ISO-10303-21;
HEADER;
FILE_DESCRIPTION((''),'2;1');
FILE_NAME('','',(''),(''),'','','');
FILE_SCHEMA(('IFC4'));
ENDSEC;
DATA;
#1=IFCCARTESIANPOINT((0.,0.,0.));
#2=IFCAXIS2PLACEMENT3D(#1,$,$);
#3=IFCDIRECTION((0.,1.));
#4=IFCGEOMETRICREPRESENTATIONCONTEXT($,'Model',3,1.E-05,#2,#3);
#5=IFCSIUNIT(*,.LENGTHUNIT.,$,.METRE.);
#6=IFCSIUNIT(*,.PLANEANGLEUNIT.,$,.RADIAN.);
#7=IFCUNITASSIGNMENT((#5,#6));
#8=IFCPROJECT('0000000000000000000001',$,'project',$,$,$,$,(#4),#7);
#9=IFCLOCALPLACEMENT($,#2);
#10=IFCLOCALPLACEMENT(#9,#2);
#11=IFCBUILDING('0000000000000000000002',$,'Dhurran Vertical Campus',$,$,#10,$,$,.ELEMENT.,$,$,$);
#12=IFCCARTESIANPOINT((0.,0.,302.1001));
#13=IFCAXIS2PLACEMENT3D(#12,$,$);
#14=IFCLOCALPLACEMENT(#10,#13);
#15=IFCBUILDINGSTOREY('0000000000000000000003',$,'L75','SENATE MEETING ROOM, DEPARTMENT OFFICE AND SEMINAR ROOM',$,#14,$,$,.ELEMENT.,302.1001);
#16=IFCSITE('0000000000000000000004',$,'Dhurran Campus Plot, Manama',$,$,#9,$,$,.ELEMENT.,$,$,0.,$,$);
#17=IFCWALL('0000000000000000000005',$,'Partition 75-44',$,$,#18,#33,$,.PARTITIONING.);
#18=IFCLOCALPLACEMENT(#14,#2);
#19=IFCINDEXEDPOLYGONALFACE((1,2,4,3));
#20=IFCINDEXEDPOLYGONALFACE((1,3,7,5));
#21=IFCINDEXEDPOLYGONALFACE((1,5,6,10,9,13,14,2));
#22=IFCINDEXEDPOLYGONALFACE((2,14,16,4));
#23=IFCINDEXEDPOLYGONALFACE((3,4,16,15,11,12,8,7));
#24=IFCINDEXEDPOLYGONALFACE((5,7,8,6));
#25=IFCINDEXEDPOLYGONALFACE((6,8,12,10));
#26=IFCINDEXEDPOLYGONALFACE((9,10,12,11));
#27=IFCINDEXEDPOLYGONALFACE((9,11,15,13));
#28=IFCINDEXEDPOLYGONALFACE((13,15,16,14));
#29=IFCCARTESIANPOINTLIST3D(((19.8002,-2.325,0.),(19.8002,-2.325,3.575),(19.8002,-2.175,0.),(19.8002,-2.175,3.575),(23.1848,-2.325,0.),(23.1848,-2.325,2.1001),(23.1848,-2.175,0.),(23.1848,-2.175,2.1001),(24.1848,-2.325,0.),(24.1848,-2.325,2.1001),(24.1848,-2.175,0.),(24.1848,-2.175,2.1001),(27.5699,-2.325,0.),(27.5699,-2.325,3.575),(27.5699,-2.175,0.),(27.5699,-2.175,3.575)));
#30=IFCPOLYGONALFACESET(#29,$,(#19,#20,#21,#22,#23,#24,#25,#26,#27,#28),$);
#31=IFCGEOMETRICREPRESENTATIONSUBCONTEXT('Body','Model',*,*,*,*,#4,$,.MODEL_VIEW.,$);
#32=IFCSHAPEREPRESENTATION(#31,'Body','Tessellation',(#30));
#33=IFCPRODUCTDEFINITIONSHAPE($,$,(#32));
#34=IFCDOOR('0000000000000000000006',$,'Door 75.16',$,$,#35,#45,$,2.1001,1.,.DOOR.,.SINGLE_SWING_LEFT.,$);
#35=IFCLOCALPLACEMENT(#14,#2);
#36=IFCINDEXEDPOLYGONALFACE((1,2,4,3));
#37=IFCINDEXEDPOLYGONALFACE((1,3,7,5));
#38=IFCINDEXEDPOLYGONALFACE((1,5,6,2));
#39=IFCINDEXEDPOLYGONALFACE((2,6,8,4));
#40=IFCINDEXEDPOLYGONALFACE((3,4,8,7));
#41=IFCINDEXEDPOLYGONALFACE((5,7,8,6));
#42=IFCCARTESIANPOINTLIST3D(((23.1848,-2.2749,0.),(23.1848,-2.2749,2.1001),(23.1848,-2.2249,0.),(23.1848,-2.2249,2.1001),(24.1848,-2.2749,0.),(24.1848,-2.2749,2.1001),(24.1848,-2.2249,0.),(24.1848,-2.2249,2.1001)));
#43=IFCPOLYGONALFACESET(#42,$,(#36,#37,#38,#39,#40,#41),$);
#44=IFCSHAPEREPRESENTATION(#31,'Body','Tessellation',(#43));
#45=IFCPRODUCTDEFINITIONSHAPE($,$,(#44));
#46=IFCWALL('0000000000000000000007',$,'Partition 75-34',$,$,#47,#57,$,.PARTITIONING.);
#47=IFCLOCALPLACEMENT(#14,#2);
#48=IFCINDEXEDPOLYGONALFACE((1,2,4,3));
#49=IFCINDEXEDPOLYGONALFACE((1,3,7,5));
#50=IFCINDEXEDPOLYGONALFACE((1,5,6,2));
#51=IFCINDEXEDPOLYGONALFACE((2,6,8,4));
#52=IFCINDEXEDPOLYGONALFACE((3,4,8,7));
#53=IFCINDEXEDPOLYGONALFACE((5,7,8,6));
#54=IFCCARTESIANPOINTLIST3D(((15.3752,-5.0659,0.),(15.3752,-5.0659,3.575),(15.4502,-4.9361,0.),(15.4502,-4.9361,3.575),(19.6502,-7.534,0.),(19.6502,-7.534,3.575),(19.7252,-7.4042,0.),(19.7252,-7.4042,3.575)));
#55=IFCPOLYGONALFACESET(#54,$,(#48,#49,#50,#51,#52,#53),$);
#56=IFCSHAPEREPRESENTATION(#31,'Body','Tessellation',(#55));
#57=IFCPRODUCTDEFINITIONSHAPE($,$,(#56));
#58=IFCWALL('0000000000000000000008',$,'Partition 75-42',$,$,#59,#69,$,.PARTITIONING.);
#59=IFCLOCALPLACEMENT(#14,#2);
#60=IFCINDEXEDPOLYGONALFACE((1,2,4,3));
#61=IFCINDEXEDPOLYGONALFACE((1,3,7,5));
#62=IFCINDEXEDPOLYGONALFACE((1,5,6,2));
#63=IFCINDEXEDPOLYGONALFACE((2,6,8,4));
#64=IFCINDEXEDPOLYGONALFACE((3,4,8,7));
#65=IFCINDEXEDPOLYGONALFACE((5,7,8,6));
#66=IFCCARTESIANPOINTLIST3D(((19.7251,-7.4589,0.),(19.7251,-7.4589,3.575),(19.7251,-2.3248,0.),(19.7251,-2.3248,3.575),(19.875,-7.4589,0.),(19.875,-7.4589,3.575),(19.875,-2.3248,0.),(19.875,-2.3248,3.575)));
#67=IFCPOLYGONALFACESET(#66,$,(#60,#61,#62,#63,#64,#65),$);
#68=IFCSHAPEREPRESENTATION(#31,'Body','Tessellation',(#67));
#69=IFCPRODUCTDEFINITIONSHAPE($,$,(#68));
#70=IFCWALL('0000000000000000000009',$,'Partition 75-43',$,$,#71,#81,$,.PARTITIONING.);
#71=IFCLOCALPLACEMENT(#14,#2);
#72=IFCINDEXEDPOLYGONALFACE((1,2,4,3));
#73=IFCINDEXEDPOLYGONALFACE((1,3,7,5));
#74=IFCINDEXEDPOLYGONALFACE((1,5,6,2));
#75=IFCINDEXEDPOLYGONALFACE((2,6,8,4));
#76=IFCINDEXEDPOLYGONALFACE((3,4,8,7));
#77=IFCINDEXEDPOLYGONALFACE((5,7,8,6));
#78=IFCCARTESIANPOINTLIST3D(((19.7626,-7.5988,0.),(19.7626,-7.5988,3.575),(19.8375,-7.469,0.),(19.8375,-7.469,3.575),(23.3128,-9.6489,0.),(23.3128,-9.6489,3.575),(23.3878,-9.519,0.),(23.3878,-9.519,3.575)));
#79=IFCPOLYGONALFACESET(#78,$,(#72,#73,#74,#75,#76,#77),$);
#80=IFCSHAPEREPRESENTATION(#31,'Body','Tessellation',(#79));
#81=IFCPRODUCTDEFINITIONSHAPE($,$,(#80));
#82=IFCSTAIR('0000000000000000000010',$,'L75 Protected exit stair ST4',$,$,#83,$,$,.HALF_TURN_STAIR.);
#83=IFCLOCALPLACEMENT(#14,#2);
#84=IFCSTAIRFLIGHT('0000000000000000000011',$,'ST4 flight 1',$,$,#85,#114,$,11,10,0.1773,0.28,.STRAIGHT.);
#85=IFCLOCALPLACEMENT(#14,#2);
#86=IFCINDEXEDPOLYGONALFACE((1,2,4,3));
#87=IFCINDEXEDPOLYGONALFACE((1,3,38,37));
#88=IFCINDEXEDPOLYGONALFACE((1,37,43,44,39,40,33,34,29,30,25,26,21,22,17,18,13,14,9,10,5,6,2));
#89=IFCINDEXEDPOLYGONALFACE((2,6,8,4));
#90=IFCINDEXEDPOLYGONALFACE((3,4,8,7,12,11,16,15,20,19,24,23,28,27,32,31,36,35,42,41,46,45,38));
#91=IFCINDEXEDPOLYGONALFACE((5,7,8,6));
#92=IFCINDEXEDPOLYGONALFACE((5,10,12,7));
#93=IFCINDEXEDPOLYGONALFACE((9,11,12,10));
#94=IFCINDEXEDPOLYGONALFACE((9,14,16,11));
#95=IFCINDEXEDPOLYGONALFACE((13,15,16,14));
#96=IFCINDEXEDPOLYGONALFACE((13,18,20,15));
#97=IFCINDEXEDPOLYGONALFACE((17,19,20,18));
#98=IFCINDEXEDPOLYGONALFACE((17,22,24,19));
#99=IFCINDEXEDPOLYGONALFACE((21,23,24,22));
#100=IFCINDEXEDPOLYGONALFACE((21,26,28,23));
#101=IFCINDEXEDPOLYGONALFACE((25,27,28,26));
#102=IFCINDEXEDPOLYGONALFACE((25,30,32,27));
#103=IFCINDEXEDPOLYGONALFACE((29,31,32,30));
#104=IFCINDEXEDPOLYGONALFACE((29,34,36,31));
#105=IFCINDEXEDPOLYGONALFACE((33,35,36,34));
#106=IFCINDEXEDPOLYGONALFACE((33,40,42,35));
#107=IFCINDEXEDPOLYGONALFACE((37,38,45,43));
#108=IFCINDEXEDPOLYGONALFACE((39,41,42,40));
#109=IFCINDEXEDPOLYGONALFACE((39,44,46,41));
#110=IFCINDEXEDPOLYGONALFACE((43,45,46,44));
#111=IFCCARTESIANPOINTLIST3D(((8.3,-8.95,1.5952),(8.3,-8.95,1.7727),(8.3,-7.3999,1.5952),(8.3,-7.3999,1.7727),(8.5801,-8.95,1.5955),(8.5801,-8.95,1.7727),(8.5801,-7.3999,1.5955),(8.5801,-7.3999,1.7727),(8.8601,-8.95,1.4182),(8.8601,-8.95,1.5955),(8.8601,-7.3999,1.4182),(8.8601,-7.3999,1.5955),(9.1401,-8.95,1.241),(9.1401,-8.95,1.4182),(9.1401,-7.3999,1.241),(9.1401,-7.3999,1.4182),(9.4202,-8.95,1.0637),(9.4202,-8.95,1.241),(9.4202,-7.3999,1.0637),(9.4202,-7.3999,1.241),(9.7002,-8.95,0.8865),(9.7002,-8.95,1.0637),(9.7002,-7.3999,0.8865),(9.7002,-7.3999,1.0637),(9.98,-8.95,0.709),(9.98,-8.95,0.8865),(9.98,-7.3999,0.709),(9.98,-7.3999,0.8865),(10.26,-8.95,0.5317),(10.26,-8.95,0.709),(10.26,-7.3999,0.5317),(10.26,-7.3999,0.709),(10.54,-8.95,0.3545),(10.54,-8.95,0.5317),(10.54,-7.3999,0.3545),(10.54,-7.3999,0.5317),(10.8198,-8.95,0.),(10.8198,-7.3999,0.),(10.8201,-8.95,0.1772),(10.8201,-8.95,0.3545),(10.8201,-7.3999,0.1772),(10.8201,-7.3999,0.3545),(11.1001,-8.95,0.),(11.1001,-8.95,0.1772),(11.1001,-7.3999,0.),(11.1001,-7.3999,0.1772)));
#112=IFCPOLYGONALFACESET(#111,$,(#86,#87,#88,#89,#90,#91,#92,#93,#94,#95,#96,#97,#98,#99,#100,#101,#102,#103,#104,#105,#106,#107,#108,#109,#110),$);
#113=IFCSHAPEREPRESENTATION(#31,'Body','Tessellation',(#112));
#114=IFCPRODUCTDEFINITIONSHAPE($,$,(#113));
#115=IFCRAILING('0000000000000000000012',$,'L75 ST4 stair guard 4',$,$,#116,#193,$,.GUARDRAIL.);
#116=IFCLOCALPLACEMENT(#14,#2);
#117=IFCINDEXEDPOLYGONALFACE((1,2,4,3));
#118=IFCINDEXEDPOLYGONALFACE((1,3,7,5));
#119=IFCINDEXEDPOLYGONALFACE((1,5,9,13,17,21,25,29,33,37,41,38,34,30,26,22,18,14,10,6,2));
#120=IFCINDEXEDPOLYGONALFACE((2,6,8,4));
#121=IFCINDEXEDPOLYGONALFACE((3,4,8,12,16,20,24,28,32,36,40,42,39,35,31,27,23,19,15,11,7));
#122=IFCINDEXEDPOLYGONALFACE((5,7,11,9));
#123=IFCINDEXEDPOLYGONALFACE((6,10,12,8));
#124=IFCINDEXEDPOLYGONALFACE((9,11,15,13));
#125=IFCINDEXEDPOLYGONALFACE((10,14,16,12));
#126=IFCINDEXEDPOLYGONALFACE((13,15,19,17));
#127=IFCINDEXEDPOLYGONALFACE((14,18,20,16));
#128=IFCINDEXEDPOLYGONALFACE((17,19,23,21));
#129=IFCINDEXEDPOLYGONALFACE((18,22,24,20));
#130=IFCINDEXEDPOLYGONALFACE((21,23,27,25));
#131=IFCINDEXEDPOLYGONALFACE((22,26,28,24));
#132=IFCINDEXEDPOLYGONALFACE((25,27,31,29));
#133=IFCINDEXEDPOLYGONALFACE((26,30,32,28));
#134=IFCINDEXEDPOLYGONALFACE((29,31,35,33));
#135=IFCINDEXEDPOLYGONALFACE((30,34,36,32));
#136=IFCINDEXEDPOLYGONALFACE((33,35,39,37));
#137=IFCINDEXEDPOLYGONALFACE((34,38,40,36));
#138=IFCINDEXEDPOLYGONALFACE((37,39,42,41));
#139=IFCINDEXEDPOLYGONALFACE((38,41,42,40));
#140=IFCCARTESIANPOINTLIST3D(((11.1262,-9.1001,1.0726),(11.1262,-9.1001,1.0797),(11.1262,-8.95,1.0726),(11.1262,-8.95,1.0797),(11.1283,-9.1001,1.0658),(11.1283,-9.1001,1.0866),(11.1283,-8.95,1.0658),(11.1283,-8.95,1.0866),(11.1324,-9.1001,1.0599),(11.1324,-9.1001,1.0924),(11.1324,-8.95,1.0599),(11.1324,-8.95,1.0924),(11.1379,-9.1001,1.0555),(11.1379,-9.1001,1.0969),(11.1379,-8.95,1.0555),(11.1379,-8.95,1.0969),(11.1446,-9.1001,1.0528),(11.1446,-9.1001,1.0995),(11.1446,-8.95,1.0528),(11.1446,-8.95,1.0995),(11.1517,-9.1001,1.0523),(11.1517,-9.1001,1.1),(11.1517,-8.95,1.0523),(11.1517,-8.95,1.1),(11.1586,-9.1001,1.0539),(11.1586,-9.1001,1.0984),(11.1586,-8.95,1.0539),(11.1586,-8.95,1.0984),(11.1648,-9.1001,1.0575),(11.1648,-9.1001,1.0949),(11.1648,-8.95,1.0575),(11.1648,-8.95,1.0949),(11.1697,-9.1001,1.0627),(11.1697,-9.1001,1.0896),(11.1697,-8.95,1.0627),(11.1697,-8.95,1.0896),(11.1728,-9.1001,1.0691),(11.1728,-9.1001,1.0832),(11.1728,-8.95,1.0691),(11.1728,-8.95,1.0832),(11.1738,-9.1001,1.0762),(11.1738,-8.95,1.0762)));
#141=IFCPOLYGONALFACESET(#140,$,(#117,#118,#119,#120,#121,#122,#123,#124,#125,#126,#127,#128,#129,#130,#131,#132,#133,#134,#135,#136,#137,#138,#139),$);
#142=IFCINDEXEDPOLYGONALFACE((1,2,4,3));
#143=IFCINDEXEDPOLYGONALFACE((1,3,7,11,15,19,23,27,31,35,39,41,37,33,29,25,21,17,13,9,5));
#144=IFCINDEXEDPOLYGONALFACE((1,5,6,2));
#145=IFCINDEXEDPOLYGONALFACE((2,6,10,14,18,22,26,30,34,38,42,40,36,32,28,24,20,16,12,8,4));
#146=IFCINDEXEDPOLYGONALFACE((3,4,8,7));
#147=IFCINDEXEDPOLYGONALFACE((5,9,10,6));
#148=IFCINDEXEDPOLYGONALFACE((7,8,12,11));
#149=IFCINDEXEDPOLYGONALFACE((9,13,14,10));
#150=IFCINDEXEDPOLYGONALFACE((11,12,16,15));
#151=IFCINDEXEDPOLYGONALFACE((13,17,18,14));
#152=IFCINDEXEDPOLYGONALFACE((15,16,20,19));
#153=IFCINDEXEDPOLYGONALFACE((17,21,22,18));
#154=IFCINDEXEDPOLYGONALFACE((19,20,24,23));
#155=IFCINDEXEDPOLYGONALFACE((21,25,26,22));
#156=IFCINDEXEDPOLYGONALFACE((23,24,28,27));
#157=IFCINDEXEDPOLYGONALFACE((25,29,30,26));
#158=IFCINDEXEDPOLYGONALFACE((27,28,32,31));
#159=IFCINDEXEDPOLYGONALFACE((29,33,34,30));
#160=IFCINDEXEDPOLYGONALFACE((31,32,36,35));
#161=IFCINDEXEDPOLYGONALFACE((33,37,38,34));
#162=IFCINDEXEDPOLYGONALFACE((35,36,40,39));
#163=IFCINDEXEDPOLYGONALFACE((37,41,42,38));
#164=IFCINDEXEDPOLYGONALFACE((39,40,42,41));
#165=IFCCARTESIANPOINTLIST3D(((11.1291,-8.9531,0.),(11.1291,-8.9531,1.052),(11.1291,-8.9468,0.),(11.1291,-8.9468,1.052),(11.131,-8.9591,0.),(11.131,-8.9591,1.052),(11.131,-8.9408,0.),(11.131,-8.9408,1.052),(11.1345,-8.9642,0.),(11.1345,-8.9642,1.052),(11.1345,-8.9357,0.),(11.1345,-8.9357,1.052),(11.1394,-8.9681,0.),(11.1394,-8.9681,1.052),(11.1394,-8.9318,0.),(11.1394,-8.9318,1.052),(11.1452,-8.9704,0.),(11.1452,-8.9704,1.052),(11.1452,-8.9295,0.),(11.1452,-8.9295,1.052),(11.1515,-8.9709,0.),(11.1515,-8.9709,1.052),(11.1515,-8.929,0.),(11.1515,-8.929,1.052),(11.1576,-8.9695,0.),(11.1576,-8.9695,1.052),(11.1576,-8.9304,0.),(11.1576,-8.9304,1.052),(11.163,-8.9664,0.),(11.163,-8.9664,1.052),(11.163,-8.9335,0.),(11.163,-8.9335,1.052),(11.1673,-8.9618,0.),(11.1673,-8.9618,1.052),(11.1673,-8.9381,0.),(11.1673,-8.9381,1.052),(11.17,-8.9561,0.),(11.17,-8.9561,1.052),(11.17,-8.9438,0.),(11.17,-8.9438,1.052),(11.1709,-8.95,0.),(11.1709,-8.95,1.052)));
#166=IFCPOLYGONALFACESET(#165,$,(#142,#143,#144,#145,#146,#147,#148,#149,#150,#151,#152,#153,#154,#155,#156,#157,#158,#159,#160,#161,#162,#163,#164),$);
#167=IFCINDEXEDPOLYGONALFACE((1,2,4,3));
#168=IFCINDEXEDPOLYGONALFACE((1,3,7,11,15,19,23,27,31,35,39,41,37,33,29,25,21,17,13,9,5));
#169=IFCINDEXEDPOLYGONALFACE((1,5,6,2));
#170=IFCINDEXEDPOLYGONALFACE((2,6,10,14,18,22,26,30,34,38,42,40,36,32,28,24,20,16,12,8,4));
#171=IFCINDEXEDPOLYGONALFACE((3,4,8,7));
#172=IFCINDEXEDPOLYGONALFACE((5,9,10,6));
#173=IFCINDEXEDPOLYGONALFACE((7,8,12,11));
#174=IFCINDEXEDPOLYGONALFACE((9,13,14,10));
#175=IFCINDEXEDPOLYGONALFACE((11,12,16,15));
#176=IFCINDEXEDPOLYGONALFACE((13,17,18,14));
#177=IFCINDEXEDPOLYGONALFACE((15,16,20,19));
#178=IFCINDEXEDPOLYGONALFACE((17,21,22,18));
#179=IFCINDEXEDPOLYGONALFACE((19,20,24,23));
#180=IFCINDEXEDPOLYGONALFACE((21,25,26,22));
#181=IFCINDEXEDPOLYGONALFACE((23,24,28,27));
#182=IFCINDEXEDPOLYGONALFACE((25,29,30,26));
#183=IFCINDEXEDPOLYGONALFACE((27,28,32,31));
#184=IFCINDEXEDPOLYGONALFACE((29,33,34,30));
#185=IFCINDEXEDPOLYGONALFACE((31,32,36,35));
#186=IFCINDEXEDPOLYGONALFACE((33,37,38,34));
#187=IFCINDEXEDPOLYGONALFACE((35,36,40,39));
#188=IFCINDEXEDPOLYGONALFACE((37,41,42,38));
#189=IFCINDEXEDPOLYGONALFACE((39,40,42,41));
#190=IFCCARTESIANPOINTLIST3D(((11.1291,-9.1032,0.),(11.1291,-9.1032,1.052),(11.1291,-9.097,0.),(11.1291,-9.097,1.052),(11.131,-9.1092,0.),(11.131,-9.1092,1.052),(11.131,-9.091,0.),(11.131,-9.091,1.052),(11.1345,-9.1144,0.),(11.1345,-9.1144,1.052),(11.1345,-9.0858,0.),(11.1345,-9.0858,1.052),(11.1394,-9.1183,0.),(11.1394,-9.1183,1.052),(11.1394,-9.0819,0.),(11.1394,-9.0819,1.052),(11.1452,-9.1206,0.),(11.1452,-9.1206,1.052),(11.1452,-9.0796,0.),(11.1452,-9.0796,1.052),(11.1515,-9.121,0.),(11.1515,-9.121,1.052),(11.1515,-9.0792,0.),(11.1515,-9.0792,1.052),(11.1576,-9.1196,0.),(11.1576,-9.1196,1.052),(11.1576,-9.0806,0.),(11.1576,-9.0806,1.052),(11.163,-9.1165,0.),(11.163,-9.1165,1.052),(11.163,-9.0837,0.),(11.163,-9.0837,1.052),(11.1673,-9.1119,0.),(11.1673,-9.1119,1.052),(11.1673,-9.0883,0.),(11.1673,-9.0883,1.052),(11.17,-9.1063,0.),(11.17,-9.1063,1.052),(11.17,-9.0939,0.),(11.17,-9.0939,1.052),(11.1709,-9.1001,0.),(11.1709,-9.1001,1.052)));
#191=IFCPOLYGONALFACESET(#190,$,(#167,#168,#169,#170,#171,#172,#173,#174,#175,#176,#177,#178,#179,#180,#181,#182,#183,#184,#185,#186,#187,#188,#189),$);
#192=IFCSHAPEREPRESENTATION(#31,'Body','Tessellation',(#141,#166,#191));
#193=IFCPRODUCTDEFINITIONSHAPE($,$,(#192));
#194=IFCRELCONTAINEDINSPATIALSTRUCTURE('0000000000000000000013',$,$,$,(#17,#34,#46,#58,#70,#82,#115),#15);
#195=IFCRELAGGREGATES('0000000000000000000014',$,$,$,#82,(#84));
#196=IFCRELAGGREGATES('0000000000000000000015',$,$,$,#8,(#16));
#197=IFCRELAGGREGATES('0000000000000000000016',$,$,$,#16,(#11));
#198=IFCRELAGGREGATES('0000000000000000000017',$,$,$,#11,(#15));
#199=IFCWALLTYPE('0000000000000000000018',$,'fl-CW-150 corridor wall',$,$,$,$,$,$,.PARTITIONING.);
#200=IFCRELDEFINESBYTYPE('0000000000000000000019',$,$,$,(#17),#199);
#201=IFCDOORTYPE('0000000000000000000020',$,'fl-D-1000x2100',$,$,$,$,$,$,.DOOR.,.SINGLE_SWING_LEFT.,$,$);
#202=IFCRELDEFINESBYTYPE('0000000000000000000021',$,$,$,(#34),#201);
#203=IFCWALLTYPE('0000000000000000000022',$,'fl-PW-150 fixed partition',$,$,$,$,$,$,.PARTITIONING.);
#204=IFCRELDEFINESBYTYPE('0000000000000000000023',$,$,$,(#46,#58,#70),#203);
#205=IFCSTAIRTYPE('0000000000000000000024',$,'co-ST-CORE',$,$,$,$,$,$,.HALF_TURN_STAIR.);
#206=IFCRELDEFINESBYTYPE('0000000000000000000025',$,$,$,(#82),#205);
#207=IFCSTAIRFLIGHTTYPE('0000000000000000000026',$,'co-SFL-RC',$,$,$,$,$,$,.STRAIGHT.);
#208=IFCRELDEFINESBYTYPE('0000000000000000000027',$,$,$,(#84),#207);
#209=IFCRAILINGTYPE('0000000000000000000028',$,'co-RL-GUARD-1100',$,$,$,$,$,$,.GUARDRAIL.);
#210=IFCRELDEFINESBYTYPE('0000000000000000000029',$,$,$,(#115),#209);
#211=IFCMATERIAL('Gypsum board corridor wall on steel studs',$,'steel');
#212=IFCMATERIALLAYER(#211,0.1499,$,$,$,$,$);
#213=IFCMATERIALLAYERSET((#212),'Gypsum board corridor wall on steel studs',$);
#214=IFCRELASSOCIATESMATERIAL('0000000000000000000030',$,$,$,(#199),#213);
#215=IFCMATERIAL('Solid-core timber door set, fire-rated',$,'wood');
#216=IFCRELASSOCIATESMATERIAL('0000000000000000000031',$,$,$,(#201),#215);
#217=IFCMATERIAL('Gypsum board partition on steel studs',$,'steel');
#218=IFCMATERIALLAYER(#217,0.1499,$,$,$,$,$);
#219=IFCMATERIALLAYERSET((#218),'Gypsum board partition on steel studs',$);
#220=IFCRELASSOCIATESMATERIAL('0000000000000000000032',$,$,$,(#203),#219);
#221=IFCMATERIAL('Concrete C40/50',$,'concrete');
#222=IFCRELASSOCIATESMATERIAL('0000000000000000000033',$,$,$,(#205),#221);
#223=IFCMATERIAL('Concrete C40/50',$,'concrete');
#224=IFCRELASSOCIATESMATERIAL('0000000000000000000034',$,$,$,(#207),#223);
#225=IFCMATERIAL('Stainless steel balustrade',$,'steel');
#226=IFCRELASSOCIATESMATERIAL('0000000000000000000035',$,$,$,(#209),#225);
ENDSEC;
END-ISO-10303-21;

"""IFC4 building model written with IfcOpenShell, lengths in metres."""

from ifc_helpers import new_model, si_unit, direction, frame, frame_2d, origin, origin_2d, place, context, subcontext, project, spatial, polyline, rectangle, circle, outline, extrude, material, layer, layer_set, type_object, element, fill, aggregate, save


model = new_model("IFC4")

# Units and contexts
model_context = context("Model", 3, precision=1e-05, world=origin(), true_north=direction((0.0, 1.0)))
body_context = subcontext(model_context, "Body", "Model", "MODEL_VIEW")
ifc_project = project(units=[si_unit("LENGTHUNIT", "METRE"), si_unit("PLANEANGLEUNIT", "RADIAN")], contexts=[model_context])

# Site, building, storey
site_placement = place(None, origin())
site = spatial("IfcSite", under=ifc_project, at=site_placement, Name="Dhurran Campus Plot, Manama", CompositionType="ELEMENT", RefElevation=0.0)
building_placement = place(site_placement, origin())
building = spatial("IfcBuilding", under=site, at=building_placement, Name="Dhurran Vertical Campus", CompositionType="ELEMENT")
storey_placement = place(building_placement, frame((0.0, 0.0, 302.1001)))
storey = spatial("IfcBuildingStorey", under=building, at=storey_placement, Name="L75", Description="SENATE MEETING ROOM, DEPARTMENT OFFICE AND SEMINAR ROOM", CompositionType="ELEMENT", Elevation=302.1001)

# Shared definitions
ifc_material_1 = material(Name="Gypsum board corridor wall on steel studs", Category="steel")
ifc_layer_1 = layer(ifc_material_1, 0.1499)
ifc_layer_set_1 = layer_set([ifc_layer_1], Name="Gypsum board corridor wall on steel studs")
wall_type_1 = type_object("IfcWallType", Name="fl-CW-150 corridor wall", PredefinedType="PARTITIONING", material=ifc_layer_set_1)

# Wall, opening, door
ifc_material_2 = material(Name="Solid-core timber door set, fire-rated", Category="wood")
door_type = type_object("IfcDoorType", Name="fl-D-1000x2100", OperationType="SINGLE_SWING_LEFT", PredefinedType="DOOR", material=ifc_material_2)
wall_1_placement = place(storey_placement, frame((27.5698, -2.25, 0.0), z_axis=(0.0, 0.0, 1.0), x_axis=(-1.0, 0.0, 0.0)))
wall_1 = element("IfcWall", 1, at=wall_1_placement, inside=storey, type_object=wall_type_1, Name="Partition 75-44", PredefinedType="PARTITIONING", context=body_context, shape_type="SweptSolid", body=[
    extrude(rectangle(XDim=7.7698, YDim=0.1499, at=frame_2d((3.8848, 0.0))), origin(), (0.0, 0.0, 1.0), 3.575),
])
opening_1_placement = place(wall_1_placement, frame((3.385, 0.0, 0.0)))
opening_1 = element("IfcOpeningElement", 2, at=opening_1_placement, cuts=wall_1, PredefinedType="OPENING", context=body_context, shape_type="SweptSolid", body=[
    extrude(rectangle(XDim=1.0, YDim=2.1001, at=frame_2d((0.5, 1.05))), frame((0.0, 0.085, 0.0), z_axis=(0.0, -1.0, 0.0), x_axis=(1.0, 0.0, 0.0)), (0.0, 0.0, 1.0), 0.1699),
])
door_1_placement = place(opening_1_placement, origin())
door_1 = element("IfcDoor", 3, at=door_1_placement, inside=storey, type_object=door_type, Name="Door 75.16", OperationType="SINGLE_SWING_LEFT", OverallHeight=2.1001, OverallWidth=1.0, PredefinedType="DOOR", context=body_context, shape_type="SweptSolid", body=[
    extrude(rectangle(XDim=1.0, YDim=2.1001, at=frame_2d((0.5, 1.05))), frame((0.0, 0.0249, 0.0), z_axis=(0.0, -1.0, 0.0), x_axis=(1.0, 0.0, 0.0)), (0.0, 0.0, 1.0), 0.05),
])
fill(opening_1, door_1)

# Walls
ifc_material_3 = material(Name="Gypsum board partition on steel studs", Category="steel")
ifc_layer_2 = layer(ifc_material_3, 0.1499)
ifc_layer_set_2 = layer_set([ifc_layer_2], Name="Gypsum board partition on steel studs")
wall_type_2 = type_object("IfcWallType", Name="fl-PW-150 fixed partition", PredefinedType="PARTITIONING", material=ifc_layer_set_2)
wall_2_placement = place(storey_placement, frame((15.4126, -5.001, 0.0), z_axis=(0.0, 0.0, 1.0), x_axis=(0.866034, -0.499985, 0.0)))
element("IfcWall", 4, at=wall_2_placement, inside=storey, type_object=wall_type_2, Name="Partition 75-34", PredefinedType="PARTITIONING", context=body_context, shape_type="SweptSolid", body=[
    extrude(rectangle(XDim=4.9363, YDim=0.1499, at=frame_2d((2.4683, 0.0))), origin(), (0.0, 0.0, 1.0), 3.575),
])
wall_3_placement = place(storey_placement, frame((19.8, -2.325, 0.0), z_axis=(0.0, 0.0, 1.0), x_axis=(0.0, -1.0, 0.0)))
element("IfcWall", 5, at=wall_3_placement, inside=storey, type_object=wall_type_2, Name="Partition 75-42", PredefinedType="PARTITIONING", context=body_context, shape_type="SweptSolid", body=[
    extrude(rectangle(XDim=5.134, YDim=0.1499, at=frame_2d((2.5669, 0.0))), origin(), (0.0, 0.0, 1.0), 3.575),
])
wall_4_placement = place(storey_placement, frame((19.8, -7.5339, 0.0), z_axis=(0.0, 0.0, 1.0), x_axis=(0.865995, -0.500052, 0.0)))
element("IfcWall", 6, at=wall_4_placement, inside=storey, type_object=wall_type_2, Name="Partition 75-43", PredefinedType="PARTITIONING", context=body_context, shape_type="SweptSolid", body=[
    extrude(rectangle(XDim=4.0996, YDim=0.1499, at=frame_2d((2.0498, 0.0))), origin(), (0.0, 0.0, 1.0), 3.575),
])

# Stair, stair flight
ifc_material_4 = material(Name="Concrete C40/50", Category="concrete")
stair_type = type_object("IfcStairType", Name="co-ST-CORE", PredefinedType="HALF_TURN_STAIR", material=ifc_material_4)
stair_placement = place(storey_placement, origin())
stair = element("IfcStair", 7, at=stair_placement, inside=storey, type_object=stair_type, Name="L75 Protected exit stair ST4", PredefinedType="HALF_TURN_STAIR")
ifc_material_5 = material(Name="Concrete C40/50", Category="concrete")
stair_flight_type = type_object("IfcStairFlightType", Name="co-SFL-RC", PredefinedType="STRAIGHT", material=ifc_material_5)
stair_flight_placement = place(storey_placement, frame((11.1001, -8.175, 0.0), z_axis=(0.0, 0.0, 1.0), x_axis=(-1.0, 0.0, 0.0)))
stair_flight = element("IfcStairFlight", 8, at=stair_flight_placement, type_object=stair_flight_type, Name="ST4 flight 1", NumberOfRisers=11, NumberOfTreads=10, PredefinedType="STRAIGHT", RiserHeight=0.1773, TreadLength=0.28, context=body_context, shape_type="SweptSolid", body=[
    extrude(outline(polyline([(0.0, 0.0), (0.0, 0.1772), (0.28, 0.1772), (0.28, 0.3545), (0.5601, 0.3545), (0.5601, 0.5317), (0.8401, 0.5317), (0.8401, 0.709), (1.1201, 0.709), (1.1201, 0.8865), (1.3999, 0.8865), (1.3999, 1.0637), (1.6799, 1.0637), (1.6799, 1.241), (1.96, 1.241), (1.96, 1.4182), (2.24, 1.4182), (2.24, 1.5955), (2.52, 1.5955), (2.52, 1.7727), (2.8, 1.7727), (2.8, 1.95), (2.8, 1.5952), (0.2803, 0.0), (0.0, 0.0)])), frame((0.0, 0.7749, 0.0), z_axis=(0.0, -1.0, 0.0), x_axis=(1.0, 0.0, 0.0)), (0.0, 0.0, 1.0), 1.55),
])
aggregate(stair, [stair_flight])

# Railing
ifc_material_6 = material(Name="Stainless steel balustrade", Category="steel")
railing_type_1 = type_object("IfcRailingType", Name="co-RL-GUARD-1100", PredefinedType="GUARDRAIL", material=ifc_material_6)
railing_1_placement = place(storey_placement, frame((11.1499, -8.95, 0.0)))
element("IfcRailing", 9, at=railing_1_placement, inside=storey, type_object=railing_type_1, Name="L75 ST4 stair guard 4", PredefinedType="GUARDRAIL", context=body_context, shape_type="SweptSolid", body=[
    extrude(circle(Radius=0.0239, at=origin_2d()), frame((0.0, 0.0, 1.0762), z_axis=(0.0, -1.0, 0.0), x_axis=(1.0, 0.0, 0.0)), (0.0, 0.0, 1.0), 0.1501),
    extrude(circle(Radius=0.021, at=origin_2d()), origin(), (0.0, 0.0, 1.0), 1.052),
    extrude(circle(Radius=0.021, at=origin_2d()), frame((0.0, -0.1501, 0.0)), (0.0, 0.0, 1.0), 1.052),
])

save(model, "model.ifc")
